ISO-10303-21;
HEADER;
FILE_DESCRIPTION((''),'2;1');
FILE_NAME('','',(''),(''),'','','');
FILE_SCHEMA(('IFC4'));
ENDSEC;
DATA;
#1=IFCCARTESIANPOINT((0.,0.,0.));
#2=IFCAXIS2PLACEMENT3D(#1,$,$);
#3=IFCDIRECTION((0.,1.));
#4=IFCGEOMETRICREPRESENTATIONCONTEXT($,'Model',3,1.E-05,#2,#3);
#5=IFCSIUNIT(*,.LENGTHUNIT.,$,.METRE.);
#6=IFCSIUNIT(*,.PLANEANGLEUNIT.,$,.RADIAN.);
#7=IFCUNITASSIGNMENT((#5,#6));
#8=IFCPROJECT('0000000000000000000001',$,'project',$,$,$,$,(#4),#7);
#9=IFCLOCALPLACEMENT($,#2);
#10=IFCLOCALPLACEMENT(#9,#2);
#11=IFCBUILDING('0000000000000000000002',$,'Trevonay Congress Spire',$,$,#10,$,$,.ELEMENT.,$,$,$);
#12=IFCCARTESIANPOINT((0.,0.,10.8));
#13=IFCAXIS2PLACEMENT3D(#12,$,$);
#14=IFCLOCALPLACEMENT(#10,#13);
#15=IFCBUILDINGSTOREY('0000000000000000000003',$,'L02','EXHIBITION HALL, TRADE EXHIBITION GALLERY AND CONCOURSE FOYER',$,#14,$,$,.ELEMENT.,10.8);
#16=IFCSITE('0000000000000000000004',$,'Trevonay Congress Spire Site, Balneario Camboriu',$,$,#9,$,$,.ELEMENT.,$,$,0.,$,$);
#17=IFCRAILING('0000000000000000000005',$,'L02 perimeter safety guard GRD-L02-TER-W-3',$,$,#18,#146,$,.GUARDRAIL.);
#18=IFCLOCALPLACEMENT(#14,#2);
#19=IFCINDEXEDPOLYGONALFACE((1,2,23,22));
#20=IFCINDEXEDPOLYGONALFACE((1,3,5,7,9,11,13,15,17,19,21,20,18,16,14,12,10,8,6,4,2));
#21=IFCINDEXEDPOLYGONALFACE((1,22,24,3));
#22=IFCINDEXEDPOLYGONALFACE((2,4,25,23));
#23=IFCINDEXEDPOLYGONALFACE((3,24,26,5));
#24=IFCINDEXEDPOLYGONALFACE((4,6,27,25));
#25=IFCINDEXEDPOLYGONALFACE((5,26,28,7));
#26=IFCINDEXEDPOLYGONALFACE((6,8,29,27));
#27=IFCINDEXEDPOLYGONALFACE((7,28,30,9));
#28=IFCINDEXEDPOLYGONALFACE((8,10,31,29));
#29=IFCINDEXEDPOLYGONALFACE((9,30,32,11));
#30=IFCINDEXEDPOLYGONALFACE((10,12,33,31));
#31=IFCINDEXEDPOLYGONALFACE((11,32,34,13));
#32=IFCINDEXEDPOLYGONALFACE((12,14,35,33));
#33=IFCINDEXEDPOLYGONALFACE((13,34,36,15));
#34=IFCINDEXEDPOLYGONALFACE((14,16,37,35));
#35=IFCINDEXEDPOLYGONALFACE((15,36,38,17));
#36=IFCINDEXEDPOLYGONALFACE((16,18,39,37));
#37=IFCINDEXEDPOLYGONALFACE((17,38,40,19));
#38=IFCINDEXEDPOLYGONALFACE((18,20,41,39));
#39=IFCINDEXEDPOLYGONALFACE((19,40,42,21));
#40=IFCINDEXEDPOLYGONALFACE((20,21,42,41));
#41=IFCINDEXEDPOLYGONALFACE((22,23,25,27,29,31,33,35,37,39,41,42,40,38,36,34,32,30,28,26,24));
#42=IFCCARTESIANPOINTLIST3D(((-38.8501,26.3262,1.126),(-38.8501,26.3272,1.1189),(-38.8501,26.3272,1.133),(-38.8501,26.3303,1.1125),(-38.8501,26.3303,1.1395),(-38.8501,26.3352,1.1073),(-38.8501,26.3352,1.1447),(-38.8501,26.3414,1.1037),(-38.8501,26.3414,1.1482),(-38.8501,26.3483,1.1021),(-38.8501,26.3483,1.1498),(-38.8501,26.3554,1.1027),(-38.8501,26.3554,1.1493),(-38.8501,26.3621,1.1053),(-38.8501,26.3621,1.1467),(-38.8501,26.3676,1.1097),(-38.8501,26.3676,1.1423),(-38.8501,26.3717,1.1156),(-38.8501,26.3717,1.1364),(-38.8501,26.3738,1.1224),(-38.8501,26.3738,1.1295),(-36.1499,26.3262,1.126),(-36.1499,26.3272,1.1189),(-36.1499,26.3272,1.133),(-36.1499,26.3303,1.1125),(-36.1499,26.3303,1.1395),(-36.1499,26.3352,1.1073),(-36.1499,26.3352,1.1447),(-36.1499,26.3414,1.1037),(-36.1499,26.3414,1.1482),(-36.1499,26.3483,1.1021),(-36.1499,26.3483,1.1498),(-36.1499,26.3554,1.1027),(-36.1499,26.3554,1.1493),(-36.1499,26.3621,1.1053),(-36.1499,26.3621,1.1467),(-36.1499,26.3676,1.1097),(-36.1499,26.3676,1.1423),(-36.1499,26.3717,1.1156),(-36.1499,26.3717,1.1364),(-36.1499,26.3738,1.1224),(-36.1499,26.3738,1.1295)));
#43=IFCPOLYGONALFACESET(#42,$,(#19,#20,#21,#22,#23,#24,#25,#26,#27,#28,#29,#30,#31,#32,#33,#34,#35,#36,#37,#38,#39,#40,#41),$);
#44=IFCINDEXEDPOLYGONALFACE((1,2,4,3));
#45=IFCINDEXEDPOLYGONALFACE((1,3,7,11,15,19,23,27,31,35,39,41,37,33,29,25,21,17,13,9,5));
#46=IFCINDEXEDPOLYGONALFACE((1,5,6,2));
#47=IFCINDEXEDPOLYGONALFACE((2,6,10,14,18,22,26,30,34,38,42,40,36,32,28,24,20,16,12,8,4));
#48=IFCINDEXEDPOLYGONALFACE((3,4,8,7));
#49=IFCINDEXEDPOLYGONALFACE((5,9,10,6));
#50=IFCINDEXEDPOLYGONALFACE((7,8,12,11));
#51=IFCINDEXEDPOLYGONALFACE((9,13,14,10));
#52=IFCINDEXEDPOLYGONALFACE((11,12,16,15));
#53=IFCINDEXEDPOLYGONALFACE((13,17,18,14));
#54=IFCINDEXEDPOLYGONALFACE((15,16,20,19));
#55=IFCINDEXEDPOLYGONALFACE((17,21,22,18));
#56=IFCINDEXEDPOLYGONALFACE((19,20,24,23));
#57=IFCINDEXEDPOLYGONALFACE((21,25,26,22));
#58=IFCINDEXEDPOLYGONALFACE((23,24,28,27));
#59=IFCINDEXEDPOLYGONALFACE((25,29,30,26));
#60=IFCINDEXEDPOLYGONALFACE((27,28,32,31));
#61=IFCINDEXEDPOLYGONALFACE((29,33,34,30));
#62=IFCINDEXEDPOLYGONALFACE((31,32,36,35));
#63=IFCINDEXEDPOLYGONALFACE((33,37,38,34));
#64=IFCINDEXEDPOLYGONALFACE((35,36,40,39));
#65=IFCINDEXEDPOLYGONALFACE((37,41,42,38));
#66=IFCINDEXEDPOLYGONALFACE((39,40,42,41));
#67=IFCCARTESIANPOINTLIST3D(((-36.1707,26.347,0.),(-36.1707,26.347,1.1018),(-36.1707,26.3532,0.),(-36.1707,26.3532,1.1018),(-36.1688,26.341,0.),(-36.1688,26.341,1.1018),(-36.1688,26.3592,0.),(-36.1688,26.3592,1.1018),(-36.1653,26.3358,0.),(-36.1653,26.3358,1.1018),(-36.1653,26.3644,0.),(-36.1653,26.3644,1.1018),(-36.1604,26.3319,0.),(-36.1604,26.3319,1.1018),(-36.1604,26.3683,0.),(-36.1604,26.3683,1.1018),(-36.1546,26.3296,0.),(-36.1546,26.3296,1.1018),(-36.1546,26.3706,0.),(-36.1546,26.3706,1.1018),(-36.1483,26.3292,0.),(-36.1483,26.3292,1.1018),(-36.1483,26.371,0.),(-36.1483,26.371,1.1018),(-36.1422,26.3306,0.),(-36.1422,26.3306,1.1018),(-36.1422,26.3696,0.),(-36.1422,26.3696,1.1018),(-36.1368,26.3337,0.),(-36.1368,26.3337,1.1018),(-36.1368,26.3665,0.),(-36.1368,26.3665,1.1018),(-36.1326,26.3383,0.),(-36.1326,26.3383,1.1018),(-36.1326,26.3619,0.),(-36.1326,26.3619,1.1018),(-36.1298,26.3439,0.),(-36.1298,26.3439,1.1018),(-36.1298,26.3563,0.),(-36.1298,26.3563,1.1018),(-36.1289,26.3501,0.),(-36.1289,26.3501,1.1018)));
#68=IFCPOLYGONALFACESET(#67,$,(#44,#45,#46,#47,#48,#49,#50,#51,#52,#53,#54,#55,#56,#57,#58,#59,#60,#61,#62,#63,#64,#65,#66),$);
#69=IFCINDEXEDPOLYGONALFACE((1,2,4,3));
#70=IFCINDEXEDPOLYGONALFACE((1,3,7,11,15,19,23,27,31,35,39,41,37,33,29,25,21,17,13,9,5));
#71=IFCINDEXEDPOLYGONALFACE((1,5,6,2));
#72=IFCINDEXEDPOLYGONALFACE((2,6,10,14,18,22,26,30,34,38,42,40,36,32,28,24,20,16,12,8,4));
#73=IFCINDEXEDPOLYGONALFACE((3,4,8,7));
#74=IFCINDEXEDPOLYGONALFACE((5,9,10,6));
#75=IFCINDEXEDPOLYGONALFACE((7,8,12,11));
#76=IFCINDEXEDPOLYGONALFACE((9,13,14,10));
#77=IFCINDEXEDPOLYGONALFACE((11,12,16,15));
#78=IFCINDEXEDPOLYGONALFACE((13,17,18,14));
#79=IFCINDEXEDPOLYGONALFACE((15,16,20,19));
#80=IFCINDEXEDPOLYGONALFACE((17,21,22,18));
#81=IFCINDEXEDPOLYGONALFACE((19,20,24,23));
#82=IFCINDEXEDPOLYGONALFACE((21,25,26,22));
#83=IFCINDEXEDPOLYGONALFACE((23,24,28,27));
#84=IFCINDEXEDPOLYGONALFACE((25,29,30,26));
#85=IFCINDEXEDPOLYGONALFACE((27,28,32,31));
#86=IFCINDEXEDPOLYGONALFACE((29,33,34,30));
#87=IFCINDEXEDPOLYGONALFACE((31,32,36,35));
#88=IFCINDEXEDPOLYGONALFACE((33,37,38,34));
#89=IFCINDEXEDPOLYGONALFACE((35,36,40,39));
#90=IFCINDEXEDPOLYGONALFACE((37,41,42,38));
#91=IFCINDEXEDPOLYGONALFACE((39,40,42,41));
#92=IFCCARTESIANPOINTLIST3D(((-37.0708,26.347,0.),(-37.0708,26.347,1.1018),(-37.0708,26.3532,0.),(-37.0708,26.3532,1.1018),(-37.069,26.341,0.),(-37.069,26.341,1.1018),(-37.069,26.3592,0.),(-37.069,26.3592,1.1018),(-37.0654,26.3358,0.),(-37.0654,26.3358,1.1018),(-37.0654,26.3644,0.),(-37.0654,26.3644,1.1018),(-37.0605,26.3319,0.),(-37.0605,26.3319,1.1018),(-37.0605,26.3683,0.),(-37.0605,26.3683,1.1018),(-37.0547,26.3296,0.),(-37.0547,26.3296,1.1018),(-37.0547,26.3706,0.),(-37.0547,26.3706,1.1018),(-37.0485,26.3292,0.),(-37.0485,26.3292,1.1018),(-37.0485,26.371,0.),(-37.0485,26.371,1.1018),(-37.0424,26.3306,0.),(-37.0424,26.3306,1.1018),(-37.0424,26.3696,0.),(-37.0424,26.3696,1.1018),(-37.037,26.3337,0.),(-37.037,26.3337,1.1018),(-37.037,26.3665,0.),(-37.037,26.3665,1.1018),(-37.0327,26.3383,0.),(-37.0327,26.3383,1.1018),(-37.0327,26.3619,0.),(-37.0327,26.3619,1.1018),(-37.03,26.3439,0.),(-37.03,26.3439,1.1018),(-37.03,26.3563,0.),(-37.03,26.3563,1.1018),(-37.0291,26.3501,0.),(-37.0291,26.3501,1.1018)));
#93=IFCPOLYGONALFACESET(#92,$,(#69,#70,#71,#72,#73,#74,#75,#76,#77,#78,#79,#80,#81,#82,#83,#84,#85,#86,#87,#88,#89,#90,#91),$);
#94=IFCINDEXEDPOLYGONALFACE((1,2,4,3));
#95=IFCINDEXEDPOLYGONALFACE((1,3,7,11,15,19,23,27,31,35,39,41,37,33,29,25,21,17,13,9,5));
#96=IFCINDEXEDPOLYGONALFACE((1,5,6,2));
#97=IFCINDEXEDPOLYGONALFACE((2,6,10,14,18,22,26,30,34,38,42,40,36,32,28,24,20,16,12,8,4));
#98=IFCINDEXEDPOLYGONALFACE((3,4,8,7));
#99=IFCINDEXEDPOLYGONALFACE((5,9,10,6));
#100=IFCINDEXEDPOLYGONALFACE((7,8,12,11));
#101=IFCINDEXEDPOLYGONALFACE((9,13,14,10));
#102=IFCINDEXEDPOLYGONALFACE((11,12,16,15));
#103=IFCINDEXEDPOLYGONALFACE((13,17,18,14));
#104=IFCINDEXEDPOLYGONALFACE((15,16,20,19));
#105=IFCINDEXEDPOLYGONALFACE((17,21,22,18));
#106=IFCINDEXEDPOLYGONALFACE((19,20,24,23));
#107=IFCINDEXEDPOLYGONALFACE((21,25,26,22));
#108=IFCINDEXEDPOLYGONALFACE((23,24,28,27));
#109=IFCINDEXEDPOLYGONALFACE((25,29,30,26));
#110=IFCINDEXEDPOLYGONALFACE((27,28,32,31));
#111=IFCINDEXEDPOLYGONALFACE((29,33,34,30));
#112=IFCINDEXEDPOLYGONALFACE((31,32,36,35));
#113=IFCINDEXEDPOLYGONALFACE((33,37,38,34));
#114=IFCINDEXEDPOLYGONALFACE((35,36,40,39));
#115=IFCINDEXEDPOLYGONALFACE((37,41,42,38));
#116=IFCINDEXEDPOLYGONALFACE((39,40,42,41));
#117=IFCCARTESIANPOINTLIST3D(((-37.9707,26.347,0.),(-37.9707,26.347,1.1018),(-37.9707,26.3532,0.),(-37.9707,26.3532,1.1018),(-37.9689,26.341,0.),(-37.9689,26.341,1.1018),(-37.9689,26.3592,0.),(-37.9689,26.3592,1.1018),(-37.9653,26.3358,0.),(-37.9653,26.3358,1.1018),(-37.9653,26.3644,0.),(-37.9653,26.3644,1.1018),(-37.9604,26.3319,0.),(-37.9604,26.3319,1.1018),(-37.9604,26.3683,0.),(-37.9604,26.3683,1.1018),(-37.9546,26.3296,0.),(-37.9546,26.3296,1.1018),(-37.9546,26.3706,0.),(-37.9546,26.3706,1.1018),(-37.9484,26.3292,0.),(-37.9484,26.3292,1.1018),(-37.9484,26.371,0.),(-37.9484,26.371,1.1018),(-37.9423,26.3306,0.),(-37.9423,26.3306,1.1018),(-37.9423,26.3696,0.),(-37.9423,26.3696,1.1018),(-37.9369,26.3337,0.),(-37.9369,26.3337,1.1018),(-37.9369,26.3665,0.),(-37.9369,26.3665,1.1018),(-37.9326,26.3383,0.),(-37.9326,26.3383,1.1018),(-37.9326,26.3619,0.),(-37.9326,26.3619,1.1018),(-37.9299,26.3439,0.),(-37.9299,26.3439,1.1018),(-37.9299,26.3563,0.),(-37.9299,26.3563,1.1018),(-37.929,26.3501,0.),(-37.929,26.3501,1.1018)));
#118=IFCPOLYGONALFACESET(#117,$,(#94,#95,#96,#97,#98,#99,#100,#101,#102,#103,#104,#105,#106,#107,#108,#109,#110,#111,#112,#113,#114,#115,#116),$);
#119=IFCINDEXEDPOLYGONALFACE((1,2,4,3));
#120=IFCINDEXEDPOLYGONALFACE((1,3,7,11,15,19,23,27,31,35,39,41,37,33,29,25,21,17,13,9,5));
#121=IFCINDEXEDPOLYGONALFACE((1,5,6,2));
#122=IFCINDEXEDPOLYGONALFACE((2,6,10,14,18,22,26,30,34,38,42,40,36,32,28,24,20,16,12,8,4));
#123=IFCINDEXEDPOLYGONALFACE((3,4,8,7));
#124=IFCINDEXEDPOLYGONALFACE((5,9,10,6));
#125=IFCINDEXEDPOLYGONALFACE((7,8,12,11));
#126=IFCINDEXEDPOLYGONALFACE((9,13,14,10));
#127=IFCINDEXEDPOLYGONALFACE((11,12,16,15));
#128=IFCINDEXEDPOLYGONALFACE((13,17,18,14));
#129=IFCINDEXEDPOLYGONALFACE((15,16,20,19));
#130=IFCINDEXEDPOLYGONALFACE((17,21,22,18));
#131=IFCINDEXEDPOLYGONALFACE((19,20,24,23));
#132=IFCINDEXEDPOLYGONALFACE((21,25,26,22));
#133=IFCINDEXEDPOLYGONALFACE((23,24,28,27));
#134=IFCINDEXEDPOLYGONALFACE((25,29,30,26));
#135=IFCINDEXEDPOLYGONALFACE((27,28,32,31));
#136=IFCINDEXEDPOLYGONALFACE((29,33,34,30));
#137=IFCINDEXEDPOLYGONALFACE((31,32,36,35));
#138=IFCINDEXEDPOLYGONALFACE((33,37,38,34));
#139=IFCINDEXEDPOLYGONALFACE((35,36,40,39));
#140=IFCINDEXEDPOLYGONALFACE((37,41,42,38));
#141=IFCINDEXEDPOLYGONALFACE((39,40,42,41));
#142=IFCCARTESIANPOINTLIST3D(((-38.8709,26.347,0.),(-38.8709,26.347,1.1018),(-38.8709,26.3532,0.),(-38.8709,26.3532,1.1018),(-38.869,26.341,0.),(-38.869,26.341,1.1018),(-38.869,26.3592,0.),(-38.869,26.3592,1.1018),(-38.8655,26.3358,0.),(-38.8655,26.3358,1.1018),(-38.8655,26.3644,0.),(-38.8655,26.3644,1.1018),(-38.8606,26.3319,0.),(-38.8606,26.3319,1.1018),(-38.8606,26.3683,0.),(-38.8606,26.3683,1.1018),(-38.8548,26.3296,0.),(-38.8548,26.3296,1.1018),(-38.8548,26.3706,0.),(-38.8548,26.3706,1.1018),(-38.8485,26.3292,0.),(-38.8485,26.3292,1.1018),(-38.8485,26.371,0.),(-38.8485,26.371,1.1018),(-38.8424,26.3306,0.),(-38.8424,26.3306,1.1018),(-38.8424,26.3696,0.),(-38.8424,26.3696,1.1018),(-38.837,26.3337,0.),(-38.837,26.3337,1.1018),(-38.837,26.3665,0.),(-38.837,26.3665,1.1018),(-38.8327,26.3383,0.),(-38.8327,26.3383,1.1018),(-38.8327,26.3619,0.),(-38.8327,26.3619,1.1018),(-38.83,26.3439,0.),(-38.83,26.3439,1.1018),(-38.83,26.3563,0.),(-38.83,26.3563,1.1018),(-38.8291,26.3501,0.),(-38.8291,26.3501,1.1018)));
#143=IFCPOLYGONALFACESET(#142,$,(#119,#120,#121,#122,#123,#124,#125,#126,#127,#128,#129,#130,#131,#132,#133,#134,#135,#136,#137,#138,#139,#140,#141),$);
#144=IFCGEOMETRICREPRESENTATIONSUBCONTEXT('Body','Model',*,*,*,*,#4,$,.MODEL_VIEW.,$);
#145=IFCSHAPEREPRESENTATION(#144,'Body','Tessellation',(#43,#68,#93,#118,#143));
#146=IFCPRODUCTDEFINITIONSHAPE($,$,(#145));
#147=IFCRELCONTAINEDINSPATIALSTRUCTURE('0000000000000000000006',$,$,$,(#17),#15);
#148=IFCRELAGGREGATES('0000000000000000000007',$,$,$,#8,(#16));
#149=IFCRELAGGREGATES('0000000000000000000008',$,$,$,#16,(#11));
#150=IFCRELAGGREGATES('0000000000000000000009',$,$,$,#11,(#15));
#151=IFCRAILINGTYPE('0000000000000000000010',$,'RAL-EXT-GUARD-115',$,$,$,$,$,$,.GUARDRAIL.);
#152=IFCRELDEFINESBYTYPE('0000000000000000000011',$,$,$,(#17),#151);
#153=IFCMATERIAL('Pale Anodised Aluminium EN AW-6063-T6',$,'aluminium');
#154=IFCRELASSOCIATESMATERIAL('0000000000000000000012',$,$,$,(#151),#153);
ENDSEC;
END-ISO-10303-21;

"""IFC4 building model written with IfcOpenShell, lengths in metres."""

from ifc_helpers import new_model, si_unit, direction, frame, origin, origin_2d, place, context, subcontext, project, spatial, circle, extrude, material, type_object, element, save


model = new_model("IFC4")

# Units and contexts
model_context = context("Model", 3, precision=1e-05, world=origin(), true_north=direction((0.0, 1.0)))
body_context = subcontext(model_context, "Body", "Model", "MODEL_VIEW")
ifc_project = project(units=[si_unit("LENGTHUNIT", "METRE"), si_unit("PLANEANGLEUNIT", "RADIAN")], contexts=[model_context])

# Site, building, storey
site_placement = place(None, origin())
site = spatial("IfcSite", under=ifc_project, at=site_placement, Name="Trevonay Congress Spire Site, Balneario Camboriu", CompositionType="ELEMENT", RefElevation=0.0)
building_placement = place(site_placement, origin())
building = spatial("IfcBuilding", under=site, at=building_placement, Name="Trevonay Congress Spire", CompositionType="ELEMENT")
storey_placement = place(building_placement, frame((0.0, 0.0, 10.8)))
storey = spatial("IfcBuildingStorey", under=building, at=storey_placement, Name="L02", Description="EXHIBITION HALL, TRADE EXHIBITION GALLERY AND CONCOURSE FOYER", CompositionType="ELEMENT", Elevation=10.8)

# Shared definitions
ifc_material_1 = material(Name="Pale Anodised Aluminium EN AW-6063-T6", Category="aluminium")

# Railing
railing_type_1 = type_object("IfcRailingType", Name="RAL-EXT-GUARD-115", PredefinedType="GUARDRAIL", material=ifc_material_1)
railing_1_placement = place(storey_placement, frame((-36.1499, 26.3501, 0.0)))
element("IfcRailing", 1, at=railing_1_placement, inside=storey, type_object=railing_type_1, Name="L02 perimeter safety guard GRD-L02-TER-W-3", PredefinedType="GUARDRAIL", context=body_context, shape_type="SweptSolid", body=[
    extrude(circle(Radius=0.0239, at=origin_2d()), frame((0.0, 0.0, 1.126), z_axis=(-1.0, 0.0, 0.0), x_axis=(0.0, -1.0, 0.0)), (0.0, 0.0, 1.0), 2.7002),
    extrude(circle(Radius=0.021, at=origin_2d()), origin(), (0.0, 0.0, 1.0), 1.1018),
    extrude(circle(Radius=0.021, at=origin_2d()), frame((-0.9001, 0.0, 0.0)), (0.0, 0.0, 1.0), 1.1018),
    extrude(circle(Radius=0.021, at=origin_2d()), frame((-1.8, 0.0, 0.0)), (0.0, 0.0, 1.0), 1.1018),
    extrude(circle(Radius=0.021, at=origin_2d()), frame((-2.7002, 0.0, 0.0)), (0.0, 0.0, 1.0), 1.1018),
])

save(model, "model.ifc")
